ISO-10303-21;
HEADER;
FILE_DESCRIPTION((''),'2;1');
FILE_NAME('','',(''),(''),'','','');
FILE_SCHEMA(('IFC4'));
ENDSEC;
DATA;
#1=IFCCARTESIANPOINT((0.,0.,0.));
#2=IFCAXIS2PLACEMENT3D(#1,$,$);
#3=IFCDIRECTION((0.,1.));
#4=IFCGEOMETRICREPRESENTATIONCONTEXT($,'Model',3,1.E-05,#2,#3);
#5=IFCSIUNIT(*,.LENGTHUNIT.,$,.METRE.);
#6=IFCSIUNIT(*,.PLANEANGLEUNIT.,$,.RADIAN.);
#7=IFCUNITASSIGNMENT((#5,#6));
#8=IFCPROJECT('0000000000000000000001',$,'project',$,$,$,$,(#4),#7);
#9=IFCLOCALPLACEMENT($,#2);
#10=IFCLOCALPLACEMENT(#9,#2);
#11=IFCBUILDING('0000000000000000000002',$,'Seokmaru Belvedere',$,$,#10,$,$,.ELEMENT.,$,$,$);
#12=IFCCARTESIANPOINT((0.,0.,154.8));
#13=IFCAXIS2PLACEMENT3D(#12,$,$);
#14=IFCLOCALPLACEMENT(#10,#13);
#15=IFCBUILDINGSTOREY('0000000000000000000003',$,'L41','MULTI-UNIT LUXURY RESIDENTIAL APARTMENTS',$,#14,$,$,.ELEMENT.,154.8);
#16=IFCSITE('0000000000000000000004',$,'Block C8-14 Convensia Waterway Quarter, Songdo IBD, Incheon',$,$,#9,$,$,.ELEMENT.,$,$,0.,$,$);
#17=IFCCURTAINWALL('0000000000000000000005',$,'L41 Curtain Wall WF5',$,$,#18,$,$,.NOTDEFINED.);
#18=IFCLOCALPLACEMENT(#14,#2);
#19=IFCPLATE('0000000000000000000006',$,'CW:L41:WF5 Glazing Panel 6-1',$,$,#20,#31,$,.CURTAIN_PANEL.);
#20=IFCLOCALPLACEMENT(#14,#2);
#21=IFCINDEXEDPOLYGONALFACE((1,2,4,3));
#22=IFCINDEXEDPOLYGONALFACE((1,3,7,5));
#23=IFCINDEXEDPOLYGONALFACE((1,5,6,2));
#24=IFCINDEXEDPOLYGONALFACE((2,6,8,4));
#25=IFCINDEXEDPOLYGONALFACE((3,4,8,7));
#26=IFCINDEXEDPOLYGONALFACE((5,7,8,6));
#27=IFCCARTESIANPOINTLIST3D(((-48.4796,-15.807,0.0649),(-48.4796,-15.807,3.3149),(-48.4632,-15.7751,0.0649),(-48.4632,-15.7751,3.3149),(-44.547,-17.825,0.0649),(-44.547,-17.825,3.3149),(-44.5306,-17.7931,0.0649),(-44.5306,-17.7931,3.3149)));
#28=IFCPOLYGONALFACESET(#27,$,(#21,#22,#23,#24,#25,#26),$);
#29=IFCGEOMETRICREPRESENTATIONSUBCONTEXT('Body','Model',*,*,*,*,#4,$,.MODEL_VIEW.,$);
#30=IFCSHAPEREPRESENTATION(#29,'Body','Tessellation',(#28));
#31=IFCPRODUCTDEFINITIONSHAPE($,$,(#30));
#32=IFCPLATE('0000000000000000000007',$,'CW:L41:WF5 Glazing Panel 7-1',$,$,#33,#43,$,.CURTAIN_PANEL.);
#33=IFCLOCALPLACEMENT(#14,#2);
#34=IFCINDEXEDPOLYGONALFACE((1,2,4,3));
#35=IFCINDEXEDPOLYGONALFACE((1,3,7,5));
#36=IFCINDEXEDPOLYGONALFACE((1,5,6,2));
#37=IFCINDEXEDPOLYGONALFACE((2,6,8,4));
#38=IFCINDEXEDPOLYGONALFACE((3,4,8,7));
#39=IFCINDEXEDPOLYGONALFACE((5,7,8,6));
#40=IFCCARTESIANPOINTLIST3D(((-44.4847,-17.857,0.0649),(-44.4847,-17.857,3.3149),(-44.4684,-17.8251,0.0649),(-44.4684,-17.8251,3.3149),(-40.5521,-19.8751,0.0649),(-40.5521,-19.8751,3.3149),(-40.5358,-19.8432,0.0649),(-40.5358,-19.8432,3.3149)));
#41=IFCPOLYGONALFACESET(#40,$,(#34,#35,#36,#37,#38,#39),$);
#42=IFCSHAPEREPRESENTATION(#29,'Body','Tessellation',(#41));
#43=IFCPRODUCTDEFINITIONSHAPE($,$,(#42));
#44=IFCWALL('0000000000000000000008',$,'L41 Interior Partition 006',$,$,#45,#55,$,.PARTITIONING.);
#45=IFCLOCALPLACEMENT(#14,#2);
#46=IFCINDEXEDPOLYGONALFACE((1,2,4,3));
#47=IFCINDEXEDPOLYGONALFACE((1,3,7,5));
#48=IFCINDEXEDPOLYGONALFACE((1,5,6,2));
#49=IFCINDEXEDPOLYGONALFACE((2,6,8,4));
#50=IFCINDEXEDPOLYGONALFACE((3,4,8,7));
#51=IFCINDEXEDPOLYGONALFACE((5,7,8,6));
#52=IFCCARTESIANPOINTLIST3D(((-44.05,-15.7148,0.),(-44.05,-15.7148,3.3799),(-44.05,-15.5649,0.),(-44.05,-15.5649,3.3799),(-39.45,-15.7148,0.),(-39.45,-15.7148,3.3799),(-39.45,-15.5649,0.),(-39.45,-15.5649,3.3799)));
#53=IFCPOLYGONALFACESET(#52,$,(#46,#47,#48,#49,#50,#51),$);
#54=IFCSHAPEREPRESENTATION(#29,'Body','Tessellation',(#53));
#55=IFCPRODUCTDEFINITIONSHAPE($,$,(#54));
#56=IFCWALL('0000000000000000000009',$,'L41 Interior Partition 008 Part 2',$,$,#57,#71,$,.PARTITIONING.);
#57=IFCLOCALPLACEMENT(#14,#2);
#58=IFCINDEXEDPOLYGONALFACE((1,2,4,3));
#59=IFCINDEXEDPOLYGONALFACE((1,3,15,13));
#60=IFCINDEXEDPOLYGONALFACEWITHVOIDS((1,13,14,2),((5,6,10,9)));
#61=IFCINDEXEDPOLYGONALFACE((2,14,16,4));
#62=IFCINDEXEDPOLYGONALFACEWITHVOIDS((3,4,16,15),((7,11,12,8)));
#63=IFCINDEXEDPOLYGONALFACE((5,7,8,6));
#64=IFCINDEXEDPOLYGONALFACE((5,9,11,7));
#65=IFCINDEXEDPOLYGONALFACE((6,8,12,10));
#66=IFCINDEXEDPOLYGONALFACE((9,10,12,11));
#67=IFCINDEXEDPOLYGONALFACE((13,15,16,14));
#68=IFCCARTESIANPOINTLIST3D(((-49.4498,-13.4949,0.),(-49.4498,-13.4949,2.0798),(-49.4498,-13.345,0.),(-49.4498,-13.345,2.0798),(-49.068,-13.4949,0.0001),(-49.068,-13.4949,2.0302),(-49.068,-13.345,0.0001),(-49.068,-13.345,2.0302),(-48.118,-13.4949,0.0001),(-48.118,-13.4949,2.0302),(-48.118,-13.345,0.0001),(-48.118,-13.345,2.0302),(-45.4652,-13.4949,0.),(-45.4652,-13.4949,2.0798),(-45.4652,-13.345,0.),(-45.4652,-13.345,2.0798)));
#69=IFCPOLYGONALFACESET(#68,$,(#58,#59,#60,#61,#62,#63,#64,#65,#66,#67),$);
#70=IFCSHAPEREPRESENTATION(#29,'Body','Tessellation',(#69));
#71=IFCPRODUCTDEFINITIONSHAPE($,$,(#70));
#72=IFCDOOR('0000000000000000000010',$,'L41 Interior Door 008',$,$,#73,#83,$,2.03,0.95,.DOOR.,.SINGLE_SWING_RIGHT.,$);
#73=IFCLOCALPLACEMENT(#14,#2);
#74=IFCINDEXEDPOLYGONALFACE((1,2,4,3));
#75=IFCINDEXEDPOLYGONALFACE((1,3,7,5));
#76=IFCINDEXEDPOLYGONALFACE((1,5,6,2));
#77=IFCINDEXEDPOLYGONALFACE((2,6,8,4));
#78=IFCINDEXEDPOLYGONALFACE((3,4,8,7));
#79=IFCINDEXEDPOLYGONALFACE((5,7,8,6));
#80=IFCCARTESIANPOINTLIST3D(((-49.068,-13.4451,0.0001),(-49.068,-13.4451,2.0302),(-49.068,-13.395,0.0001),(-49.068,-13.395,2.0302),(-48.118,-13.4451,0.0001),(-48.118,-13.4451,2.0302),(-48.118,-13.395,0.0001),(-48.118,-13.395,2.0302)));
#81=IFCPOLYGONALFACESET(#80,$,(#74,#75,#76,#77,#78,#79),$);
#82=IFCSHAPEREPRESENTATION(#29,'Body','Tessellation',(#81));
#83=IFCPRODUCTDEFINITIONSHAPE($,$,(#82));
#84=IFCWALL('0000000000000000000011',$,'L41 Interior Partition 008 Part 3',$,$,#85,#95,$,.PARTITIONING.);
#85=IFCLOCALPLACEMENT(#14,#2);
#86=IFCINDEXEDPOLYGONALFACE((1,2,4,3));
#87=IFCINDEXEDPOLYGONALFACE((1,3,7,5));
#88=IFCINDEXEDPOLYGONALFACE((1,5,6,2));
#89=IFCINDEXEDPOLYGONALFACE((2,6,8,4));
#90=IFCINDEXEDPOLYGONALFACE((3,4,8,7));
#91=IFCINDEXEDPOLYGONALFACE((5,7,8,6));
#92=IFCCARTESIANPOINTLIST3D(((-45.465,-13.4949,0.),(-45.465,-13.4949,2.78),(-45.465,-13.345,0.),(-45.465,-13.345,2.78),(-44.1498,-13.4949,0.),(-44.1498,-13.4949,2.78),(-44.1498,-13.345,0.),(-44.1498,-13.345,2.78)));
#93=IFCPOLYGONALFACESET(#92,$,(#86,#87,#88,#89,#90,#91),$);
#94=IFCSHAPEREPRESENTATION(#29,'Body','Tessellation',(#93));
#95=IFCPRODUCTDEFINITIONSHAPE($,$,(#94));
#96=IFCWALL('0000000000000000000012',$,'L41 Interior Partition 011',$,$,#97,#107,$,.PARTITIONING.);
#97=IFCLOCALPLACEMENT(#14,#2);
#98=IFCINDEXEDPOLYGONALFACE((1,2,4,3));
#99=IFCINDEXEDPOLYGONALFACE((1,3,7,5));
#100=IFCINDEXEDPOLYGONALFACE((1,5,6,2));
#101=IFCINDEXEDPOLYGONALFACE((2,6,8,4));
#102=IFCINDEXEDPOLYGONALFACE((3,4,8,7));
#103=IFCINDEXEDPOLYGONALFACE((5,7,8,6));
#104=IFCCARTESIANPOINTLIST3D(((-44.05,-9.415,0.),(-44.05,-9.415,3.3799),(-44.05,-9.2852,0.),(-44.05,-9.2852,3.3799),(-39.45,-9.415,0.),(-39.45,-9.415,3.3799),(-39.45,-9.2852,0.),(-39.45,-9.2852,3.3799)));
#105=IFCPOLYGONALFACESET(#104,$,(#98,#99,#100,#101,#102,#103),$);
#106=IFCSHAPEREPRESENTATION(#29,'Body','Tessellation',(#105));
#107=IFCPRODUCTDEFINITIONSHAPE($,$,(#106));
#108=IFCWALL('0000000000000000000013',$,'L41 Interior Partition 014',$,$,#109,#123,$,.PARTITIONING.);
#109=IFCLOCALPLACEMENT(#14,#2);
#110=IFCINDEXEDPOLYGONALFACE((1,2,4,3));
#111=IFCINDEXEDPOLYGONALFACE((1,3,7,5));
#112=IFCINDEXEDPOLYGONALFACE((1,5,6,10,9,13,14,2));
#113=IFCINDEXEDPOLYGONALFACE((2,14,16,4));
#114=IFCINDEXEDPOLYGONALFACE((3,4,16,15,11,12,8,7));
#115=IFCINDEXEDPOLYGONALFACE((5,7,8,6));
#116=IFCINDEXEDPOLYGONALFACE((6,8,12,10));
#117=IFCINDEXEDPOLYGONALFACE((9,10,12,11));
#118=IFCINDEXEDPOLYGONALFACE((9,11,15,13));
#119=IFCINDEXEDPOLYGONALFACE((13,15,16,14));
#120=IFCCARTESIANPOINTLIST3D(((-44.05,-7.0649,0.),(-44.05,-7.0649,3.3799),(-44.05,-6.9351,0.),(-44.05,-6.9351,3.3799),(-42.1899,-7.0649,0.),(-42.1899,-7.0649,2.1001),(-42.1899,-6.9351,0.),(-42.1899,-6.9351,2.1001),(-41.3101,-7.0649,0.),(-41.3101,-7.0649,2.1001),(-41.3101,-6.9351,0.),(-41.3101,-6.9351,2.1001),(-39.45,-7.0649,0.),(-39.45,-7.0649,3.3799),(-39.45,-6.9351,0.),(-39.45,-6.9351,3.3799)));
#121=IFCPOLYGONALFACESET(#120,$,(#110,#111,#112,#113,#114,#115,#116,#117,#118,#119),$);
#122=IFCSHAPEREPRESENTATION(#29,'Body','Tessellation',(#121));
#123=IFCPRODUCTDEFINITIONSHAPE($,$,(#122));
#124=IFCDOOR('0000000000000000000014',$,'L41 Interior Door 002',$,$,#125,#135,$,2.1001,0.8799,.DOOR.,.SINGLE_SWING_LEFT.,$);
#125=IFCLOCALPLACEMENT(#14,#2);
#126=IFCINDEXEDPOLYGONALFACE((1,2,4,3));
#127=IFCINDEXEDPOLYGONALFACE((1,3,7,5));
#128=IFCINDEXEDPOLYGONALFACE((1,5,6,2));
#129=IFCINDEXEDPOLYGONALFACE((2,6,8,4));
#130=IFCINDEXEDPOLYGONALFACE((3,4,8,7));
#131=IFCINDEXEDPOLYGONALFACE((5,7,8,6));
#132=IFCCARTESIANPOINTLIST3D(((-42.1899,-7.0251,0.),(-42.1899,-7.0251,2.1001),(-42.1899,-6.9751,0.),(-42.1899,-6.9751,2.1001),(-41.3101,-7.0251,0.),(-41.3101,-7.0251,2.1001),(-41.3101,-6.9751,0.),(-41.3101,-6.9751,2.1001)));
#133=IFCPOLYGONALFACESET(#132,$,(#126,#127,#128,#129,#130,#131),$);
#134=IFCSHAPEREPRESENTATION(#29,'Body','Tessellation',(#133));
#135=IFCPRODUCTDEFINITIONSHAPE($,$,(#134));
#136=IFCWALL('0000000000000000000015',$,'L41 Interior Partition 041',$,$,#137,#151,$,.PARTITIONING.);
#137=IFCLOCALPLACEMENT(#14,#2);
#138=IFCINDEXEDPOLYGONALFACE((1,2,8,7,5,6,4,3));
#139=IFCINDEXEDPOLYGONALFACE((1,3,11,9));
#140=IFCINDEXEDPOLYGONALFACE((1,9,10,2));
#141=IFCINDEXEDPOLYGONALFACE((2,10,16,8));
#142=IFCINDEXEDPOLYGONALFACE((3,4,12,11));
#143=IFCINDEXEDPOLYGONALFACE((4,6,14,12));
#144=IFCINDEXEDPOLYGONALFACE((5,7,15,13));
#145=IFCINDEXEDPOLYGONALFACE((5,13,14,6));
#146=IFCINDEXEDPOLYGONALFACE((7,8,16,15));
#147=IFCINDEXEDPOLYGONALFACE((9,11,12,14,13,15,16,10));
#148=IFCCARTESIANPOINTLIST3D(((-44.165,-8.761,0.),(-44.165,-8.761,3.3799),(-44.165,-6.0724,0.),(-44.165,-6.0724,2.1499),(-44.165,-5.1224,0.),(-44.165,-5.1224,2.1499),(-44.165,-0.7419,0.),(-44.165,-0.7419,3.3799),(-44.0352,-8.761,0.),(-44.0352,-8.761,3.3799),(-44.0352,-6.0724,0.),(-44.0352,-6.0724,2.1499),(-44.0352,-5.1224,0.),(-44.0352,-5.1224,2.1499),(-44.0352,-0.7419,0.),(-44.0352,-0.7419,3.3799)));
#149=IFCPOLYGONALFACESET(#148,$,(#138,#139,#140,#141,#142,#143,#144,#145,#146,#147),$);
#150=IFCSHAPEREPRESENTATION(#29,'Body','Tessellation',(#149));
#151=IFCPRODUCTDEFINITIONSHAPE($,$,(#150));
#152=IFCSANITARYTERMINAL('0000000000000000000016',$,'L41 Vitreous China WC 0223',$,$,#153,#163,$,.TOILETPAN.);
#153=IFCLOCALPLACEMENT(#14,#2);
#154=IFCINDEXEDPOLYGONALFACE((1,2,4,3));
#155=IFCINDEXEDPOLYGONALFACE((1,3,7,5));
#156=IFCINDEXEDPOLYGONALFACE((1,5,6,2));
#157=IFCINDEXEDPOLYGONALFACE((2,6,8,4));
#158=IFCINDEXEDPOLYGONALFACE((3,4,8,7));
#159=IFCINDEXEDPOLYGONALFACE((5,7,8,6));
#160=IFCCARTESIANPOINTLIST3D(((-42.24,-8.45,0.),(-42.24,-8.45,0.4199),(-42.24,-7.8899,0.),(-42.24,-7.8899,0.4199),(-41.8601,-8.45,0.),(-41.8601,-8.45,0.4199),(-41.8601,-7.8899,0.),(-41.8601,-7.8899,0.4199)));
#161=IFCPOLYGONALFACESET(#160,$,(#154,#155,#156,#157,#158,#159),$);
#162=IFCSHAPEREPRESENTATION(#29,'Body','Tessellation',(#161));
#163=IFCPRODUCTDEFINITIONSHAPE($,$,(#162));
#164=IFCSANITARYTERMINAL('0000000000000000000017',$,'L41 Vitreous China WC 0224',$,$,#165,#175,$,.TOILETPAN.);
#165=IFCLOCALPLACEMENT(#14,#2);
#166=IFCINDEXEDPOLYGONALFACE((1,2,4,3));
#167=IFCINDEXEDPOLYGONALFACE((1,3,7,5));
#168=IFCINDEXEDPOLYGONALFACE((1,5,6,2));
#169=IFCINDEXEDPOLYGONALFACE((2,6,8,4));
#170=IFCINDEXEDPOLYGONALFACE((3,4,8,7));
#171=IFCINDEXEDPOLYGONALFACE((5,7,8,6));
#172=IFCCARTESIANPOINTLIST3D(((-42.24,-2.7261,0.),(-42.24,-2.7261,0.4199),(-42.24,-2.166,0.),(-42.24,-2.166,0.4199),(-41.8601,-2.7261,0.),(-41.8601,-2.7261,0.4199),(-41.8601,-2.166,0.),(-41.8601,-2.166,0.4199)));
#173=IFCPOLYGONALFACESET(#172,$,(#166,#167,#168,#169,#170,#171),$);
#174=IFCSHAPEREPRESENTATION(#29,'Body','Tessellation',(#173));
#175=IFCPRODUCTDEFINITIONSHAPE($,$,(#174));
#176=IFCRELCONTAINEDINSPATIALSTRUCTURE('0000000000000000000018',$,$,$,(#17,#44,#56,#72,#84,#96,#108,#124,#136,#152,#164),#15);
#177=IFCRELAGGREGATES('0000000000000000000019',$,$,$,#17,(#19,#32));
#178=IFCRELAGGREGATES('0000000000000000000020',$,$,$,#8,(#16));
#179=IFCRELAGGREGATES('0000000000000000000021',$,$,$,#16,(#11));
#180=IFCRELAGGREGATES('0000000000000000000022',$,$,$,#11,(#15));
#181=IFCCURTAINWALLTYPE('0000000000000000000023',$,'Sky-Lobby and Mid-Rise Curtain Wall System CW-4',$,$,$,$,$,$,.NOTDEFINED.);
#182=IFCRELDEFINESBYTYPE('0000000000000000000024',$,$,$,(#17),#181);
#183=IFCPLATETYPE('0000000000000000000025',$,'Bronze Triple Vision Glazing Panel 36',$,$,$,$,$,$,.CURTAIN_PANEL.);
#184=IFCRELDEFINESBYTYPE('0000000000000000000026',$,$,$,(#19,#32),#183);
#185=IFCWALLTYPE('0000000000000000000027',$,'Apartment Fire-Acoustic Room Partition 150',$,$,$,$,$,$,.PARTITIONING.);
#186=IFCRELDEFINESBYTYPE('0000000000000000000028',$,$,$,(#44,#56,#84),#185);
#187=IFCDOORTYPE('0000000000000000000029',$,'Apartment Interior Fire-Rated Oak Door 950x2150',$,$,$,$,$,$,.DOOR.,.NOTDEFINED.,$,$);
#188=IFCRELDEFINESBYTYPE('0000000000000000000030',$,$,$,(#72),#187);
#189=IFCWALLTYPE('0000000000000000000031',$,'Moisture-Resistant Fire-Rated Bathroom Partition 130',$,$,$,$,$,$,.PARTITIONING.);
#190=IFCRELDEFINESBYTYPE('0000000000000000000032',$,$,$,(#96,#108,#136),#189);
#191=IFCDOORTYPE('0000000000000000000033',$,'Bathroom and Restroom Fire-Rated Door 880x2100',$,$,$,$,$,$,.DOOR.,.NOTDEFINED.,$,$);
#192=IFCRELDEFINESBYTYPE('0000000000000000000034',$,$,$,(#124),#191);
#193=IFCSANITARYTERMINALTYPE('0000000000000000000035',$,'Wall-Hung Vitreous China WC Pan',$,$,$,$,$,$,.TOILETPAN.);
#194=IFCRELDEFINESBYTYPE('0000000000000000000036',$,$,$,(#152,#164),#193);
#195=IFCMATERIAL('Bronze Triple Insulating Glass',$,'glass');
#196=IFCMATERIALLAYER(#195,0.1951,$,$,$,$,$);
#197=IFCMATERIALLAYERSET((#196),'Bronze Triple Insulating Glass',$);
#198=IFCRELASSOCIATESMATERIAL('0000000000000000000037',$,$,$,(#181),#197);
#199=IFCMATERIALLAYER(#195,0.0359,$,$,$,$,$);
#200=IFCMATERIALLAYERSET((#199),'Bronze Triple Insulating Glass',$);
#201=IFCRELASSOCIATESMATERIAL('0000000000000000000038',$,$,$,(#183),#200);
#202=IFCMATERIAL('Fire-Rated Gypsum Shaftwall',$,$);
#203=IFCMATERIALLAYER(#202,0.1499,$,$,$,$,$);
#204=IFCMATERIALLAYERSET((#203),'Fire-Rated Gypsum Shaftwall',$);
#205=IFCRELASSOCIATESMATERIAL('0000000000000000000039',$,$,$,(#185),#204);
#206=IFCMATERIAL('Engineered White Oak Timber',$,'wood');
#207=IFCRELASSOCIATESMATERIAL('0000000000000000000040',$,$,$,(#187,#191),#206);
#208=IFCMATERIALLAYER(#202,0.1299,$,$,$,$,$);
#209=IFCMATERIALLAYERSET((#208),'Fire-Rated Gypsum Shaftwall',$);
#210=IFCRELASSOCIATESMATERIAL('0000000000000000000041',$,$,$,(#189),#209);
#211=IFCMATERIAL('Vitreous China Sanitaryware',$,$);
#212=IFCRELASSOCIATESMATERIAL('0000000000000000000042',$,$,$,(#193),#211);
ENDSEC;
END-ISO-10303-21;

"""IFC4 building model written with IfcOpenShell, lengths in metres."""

from ifc_helpers import new_model, si_unit, direction, frame, frame_2d, origin, origin_2d, place, context, subcontext, project, spatial, rectangle, extrude, source, transform, mapped, material, layer, layer_set, type_object, type_shapes, element, fill, aggregate, save


model = new_model("IFC4")

# Units and contexts
model_context = context("Model", 3, precision=1e-05, world=origin(), true_north=direction((0.0, 1.0)))
body_context = subcontext(model_context, "Body", "Model", "MODEL_VIEW")
ifc_project = project(units=[si_unit("LENGTHUNIT", "METRE"), si_unit("PLANEANGLEUNIT", "RADIAN")], contexts=[model_context])

# Site, building, storey
site_placement = place(None, origin())
site = spatial("IfcSite", under=ifc_project, at=site_placement, Name="Block C8-14 Convensia Waterway Quarter, Songdo IBD, Incheon", CompositionType="ELEMENT", RefElevation=0.0)
building_placement = place(site_placement, origin())
building = spatial("IfcBuilding", under=site, at=building_placement, Name="Seokmaru Belvedere", CompositionType="ELEMENT")
storey_placement = place(building_placement, frame((0.0, 0.0, 154.8)))
storey = spatial("IfcBuildingStorey", under=building, at=storey_placement, Name="L41", Description="MULTI-UNIT LUXURY RESIDENTIAL APARTMENTS", CompositionType="ELEMENT", Elevation=154.8)

# Curtain wall, plates
ifc_material_1 = material(Name="Bronze Triple Insulating Glass", Category="glass")
ifc_layer_1 = layer(ifc_material_1, 0.1951)
ifc_layer_set_1 = layer_set([ifc_layer_1], Name="Bronze Triple Insulating Glass")
curtain_wall_type = type_object("IfcCurtainWallType", Name="Sky-Lobby and Mid-Rise Curtain Wall System CW-4", PredefinedType="NOTDEFINED", material=ifc_layer_set_1)
curtain_wall_placement = place(storey_placement, origin())
curtain_wall = element("IfcCurtainWall", 1, at=curtain_wall_placement, inside=storey, type_object=curtain_wall_type, Name="L41 Curtain Wall WF5", PredefinedType="NOTDEFINED")
ifc_layer_2 = layer(ifc_material_1, 0.0359)
ifc_layer_set_2 = layer_set([ifc_layer_2], Name="Bronze Triple Insulating Glass")
plate_type = type_object("IfcPlateType", Name="Bronze Triple Vision Glazing Panel 36", PredefinedType="CURTAIN_PANEL", material=ifc_layer_set_2)
shared_shape_1 = source(origin(), body_context, "Body", "SweptSolid", [
    extrude(rectangle(XDim=4.4202, YDim=0.0359, at=origin_2d()), origin(), (0.0, 0.0, 1.0), 3.25),
])
type_shapes(plate_type, [shared_shape_1])
plate_1_placement = place(storey_placement, frame((-46.5051, -16.8, 0.0649), z_axis=(0.0, 0.0, 1.0), x_axis=(0.889695, -0.456555, 0.0)))
plate_1 = element("IfcPlate", 2, at=plate_1_placement, type_object=plate_type, Name="CW:L41:WF5 Glazing Panel 6-1", PredefinedType="CURTAIN_PANEL", context=body_context, shape_type="MappedRepresentation", body=[
    mapped(shared_shape_1, transform((0.0, 0.0, 0.0), scale=1.0)),
])
plate_2_placement = place(storey_placement, frame((-42.5103, -18.8501, 0.0649), z_axis=(0.0, 0.0, 1.0), x_axis=(0.889695, -0.456555, 0.0)))
plate_2 = element("IfcPlate", 3, at=plate_2_placement, type_object=plate_type, Name="CW:L41:WF5 Glazing Panel 7-1", PredefinedType="CURTAIN_PANEL", context=body_context, shape_type="MappedRepresentation", body=[
    mapped(shared_shape_1, transform((0.0, 0.0, 0.0), scale=1.0)),
])
aggregate(curtain_wall, [plate_1, plate_2])

# Wall
ifc_material_2 = material(Name="Fire-Rated Gypsum Shaftwall")
ifc_layer_3 = layer(ifc_material_2, 0.1499)
ifc_layer_set_3 = layer_set([ifc_layer_3], Name="Fire-Rated Gypsum Shaftwall")
wall_type_1 = type_object("IfcWallType", Name="Apartment Fire-Acoustic Room Partition 150", PredefinedType="PARTITIONING", material=ifc_layer_set_3)
wall_1_placement = place(storey_placement, frame((-44.05, -15.6399, 0.0), z_axis=(0.0, 0.0, 1.0), x_axis=(1.0, 0.0, 0.0)))
element("IfcWall", 4, at=wall_1_placement, inside=storey, type_object=wall_type_1, Name="L41 Interior Partition 006", PredefinedType="PARTITIONING", context=body_context, shape_type="SweptSolid", body=[
    extrude(rectangle(XDim=4.6001, YDim=0.1499, at=frame_2d((2.3, 0.0))), origin(), (0.0, 0.0, 1.0), 3.3799),
])

# Wall, opening, door
wall_2_placement = place(storey_placement, frame((-49.4497, -13.4199, 0.0), z_axis=(0.0, 0.0, 1.0), x_axis=(1.0, 0.0, 0.0)))
wall_2 = element("IfcWall", 5, at=wall_2_placement, inside=storey, type_object=wall_type_1, Name="L41 Interior Partition 008 Part 2", PredefinedType="PARTITIONING", context=body_context, shape_type="SweptSolid", body=[
    extrude(rectangle(XDim=3.9846, YDim=0.1499, at=frame_2d((1.9922, 0.0))), origin(), (0.0, 0.0, 1.0), 2.0798),
])
opening_1_placement = place(wall_2_placement, frame((0.3816, 0.0, 0.0)))
opening_1 = element("IfcOpeningElement", 6, at=opening_1_placement, cuts=wall_2, PredefinedType="OPENING", context=body_context, shape_type="SweptSolid", body=[
    extrude(rectangle(XDim=0.95, YDim=2.03, at=frame_2d((0.4751, 1.0151))), frame((0.0, 0.085, 0.0), z_axis=(0.0, -1.0, 0.0), x_axis=(1.0, 0.0, 0.0)), (0.0, 0.0, 1.0), 0.1699),
])
ifc_material_3 = material(Name="Engineered White Oak Timber", Category="wood")
door_type_1 = type_object("IfcDoorType", Name="Apartment Interior Fire-Rated Oak Door 950x2150", OperationType="NOTDEFINED", PredefinedType="DOOR", material=ifc_material_3)
shared_shape_2 = source(origin(), body_context, "Body", "SweptSolid", [
    extrude(rectangle(XDim=0.95, YDim=2.03, at=frame_2d((0.4751, 1.0151))), frame((0.0, 0.0249, 0.0), z_axis=(0.0, -1.0, 0.0), x_axis=(1.0, 0.0, 0.0)), (0.0, 0.0, 1.0), 0.05),
])
type_shapes(door_type_1, [shared_shape_2])
door_1_placement = place(opening_1_placement, origin())
door_1 = element("IfcDoor", 7, at=door_1_placement, inside=storey, type_object=door_type_1, Name="L41 Interior Door 008", OperationType="SINGLE_SWING_RIGHT", OverallHeight=2.03, OverallWidth=0.95, PredefinedType="DOOR", context=body_context, shape_type="MappedRepresentation", body=[
    mapped(shared_shape_2, transform((0.0, 0.0, 0.0), scale=1.0)),
])
fill(opening_1, door_1)

# Wall
wall_3_placement = place(storey_placement, frame((-45.4651, -13.4199, 0.0), z_axis=(0.0, 0.0, 1.0), x_axis=(1.0, 0.0, 0.0)))
element("IfcWall", 8, at=wall_3_placement, inside=storey, type_object=wall_type_1, Name="L41 Interior Partition 008 Part 3", PredefinedType="PARTITIONING", context=body_context, shape_type="SweptSolid", body=[
    extrude(rectangle(XDim=1.3152, YDim=0.1499, at=frame_2d((0.6577, 0.0))), origin(), (0.0, 0.0, 1.0), 2.78),
])

# Wall
ifc_layer_4 = layer(ifc_material_2, 0.1299)
ifc_layer_set_4 = layer_set([ifc_layer_4], Name="Fire-Rated Gypsum Shaftwall")
wall_type_2 = type_object("IfcWallType", Name="Moisture-Resistant Fire-Rated Bathroom Partition 130", PredefinedType="PARTITIONING", material=ifc_layer_set_4)
wall_4_placement = place(storey_placement, frame((-44.05, -9.3501, 0.0), z_axis=(0.0, 0.0, 1.0), x_axis=(1.0, 0.0, 0.0)))
element("IfcWall", 9, at=wall_4_placement, inside=storey, type_object=wall_type_2, Name="L41 Interior Partition 011", PredefinedType="PARTITIONING", context=body_context, shape_type="SweptSolid", body=[
    extrude(rectangle(XDim=4.6001, YDim=0.1299, at=frame_2d((2.3, 0.0))), origin(), (0.0, 0.0, 1.0), 3.3799),
])

# Wall, opening, door
wall_5_placement = place(storey_placement, frame((-44.05, -7.0, 0.0), z_axis=(0.0, 0.0, 1.0), x_axis=(1.0, 0.0, 0.0)))
wall_5 = element("IfcWall", 10, at=wall_5_placement, inside=storey, type_object=wall_type_2, Name="L41 Interior Partition 014", PredefinedType="PARTITIONING", context=body_context, shape_type="SweptSolid", body=[
    extrude(rectangle(XDim=4.6001, YDim=0.1299, at=frame_2d((2.3, 0.0))), origin(), (0.0, 0.0, 1.0), 3.3799),
])
opening_2_placement = place(wall_5_placement, frame((1.8601, 0.0, 0.0)))
opening_2 = element("IfcOpeningElement", 11, at=opening_2_placement, cuts=wall_5, PredefinedType="OPENING", context=body_context, shape_type="SweptSolid", body=[
    extrude(rectangle(XDim=0.8799, YDim=2.1001, at=frame_2d((0.4399, 1.05))), frame((0.0, 0.075, 0.0), z_axis=(0.0, -1.0, 0.0), x_axis=(1.0, 0.0, 0.0)), (0.0, 0.0, 1.0), 0.1499),
])
door_type_2 = type_object("IfcDoorType", Name="Bathroom and Restroom Fire-Rated Door 880x2100", OperationType="NOTDEFINED", PredefinedType="DOOR", material=ifc_material_3)
shared_shape_3 = source(origin(), body_context, "Body", "SweptSolid", [
    extrude(rectangle(XDim=0.8799, YDim=2.1001, at=frame_2d((0.4399, 1.05))), frame((0.0, 0.0249, 0.0), z_axis=(0.0, -1.0, 0.0), x_axis=(1.0, 0.0, 0.0)), (0.0, 0.0, 1.0), 0.05),
])
type_shapes(door_type_2, [shared_shape_3])
door_2_placement = place(opening_2_placement, origin())
door_2 = element("IfcDoor", 12, at=door_2_placement, inside=storey, type_object=door_type_2, Name="L41 Interior Door 002", OperationType="SINGLE_SWING_LEFT", OverallHeight=2.1001, OverallWidth=0.8799, PredefinedType="DOOR", context=body_context, shape_type="MappedRepresentation", body=[
    mapped(shared_shape_3, transform((0.0, 0.0, 0.0), scale=1.0)),
])
fill(opening_2, door_2)

# Wall, opening
wall_6_placement = place(storey_placement, frame((-44.1001, -8.761, 0.0), z_axis=(0.0, 0.0, 1.0), x_axis=(0.0, 1.0, 0.0)))
wall_6 = element("IfcWall", 13, at=wall_6_placement, inside=storey, type_object=wall_type_2, Name="L41 Interior Partition 041", PredefinedType="PARTITIONING", context=body_context, shape_type="SweptSolid", body=[
    extrude(rectangle(XDim=8.019, YDim=0.1299, at=frame_2d((4.0095, 0.0))), origin(), (0.0, 0.0, 1.0), 3.3799),
])
opening_3_placement = place(wall_6_placement, frame((2.6885, 0.0, 0.0)))
element("IfcOpeningElement", 14, at=opening_3_placement, cuts=wall_6, PredefinedType="OPENING", context=body_context, shape_type="SweptSolid", body=[
    extrude(rectangle(XDim=0.95, YDim=2.1499, at=frame_2d((0.4751, 1.075))), frame((0.0, 0.075, 0.0), z_axis=(0.0, -1.0, 0.0), x_axis=(1.0, 0.0, 0.0)), (0.0, 0.0, 1.0), 0.1499),
])

# Sanitary terminals
ifc_material_4 = material(Name="Vitreous China Sanitaryware")
sanitary_terminal_type_1 = type_object("IfcSanitaryTerminalType", Name="Wall-Hung Vitreous China WC Pan", PredefinedType="TOILETPAN", material=ifc_material_4)
shared_shape_4 = source(origin(), body_context, "Body", "SweptSolid", [
    extrude(rectangle(XDim=0.3799, YDim=0.5601, at=origin_2d()), origin(), (0.0, 0.0, 1.0), 0.4199),
])
type_shapes(sanitary_terminal_type_1, [shared_shape_4])
for number, where, z_axis, x_axis, name in (
    (15, (-42.05, -8.1699, 0.0), (0.0, 0.0, 1.0), (1.0, 0.0, 0.0), "L41 Vitreous China WC 0223"),
    (16, (-42.05, -2.446, 0.0), (0.0, 0.0, 1.0), (1.0, 0.0, 0.0), "L41 Vitreous China WC 0224"),
):
    element("IfcSanitaryTerminal", number, at=place(storey_placement, frame(where, z_axis=z_axis, x_axis=x_axis)), inside=storey, type_object=sanitary_terminal_type_1, Name=name, PredefinedType="TOILETPAN", context=body_context, shape_type="MappedRepresentation", body=[
        mapped(shared_shape_4, transform((0.0, 0.0, 0.0), scale=1.0)),
    ])

save(model, "model.ifc")
